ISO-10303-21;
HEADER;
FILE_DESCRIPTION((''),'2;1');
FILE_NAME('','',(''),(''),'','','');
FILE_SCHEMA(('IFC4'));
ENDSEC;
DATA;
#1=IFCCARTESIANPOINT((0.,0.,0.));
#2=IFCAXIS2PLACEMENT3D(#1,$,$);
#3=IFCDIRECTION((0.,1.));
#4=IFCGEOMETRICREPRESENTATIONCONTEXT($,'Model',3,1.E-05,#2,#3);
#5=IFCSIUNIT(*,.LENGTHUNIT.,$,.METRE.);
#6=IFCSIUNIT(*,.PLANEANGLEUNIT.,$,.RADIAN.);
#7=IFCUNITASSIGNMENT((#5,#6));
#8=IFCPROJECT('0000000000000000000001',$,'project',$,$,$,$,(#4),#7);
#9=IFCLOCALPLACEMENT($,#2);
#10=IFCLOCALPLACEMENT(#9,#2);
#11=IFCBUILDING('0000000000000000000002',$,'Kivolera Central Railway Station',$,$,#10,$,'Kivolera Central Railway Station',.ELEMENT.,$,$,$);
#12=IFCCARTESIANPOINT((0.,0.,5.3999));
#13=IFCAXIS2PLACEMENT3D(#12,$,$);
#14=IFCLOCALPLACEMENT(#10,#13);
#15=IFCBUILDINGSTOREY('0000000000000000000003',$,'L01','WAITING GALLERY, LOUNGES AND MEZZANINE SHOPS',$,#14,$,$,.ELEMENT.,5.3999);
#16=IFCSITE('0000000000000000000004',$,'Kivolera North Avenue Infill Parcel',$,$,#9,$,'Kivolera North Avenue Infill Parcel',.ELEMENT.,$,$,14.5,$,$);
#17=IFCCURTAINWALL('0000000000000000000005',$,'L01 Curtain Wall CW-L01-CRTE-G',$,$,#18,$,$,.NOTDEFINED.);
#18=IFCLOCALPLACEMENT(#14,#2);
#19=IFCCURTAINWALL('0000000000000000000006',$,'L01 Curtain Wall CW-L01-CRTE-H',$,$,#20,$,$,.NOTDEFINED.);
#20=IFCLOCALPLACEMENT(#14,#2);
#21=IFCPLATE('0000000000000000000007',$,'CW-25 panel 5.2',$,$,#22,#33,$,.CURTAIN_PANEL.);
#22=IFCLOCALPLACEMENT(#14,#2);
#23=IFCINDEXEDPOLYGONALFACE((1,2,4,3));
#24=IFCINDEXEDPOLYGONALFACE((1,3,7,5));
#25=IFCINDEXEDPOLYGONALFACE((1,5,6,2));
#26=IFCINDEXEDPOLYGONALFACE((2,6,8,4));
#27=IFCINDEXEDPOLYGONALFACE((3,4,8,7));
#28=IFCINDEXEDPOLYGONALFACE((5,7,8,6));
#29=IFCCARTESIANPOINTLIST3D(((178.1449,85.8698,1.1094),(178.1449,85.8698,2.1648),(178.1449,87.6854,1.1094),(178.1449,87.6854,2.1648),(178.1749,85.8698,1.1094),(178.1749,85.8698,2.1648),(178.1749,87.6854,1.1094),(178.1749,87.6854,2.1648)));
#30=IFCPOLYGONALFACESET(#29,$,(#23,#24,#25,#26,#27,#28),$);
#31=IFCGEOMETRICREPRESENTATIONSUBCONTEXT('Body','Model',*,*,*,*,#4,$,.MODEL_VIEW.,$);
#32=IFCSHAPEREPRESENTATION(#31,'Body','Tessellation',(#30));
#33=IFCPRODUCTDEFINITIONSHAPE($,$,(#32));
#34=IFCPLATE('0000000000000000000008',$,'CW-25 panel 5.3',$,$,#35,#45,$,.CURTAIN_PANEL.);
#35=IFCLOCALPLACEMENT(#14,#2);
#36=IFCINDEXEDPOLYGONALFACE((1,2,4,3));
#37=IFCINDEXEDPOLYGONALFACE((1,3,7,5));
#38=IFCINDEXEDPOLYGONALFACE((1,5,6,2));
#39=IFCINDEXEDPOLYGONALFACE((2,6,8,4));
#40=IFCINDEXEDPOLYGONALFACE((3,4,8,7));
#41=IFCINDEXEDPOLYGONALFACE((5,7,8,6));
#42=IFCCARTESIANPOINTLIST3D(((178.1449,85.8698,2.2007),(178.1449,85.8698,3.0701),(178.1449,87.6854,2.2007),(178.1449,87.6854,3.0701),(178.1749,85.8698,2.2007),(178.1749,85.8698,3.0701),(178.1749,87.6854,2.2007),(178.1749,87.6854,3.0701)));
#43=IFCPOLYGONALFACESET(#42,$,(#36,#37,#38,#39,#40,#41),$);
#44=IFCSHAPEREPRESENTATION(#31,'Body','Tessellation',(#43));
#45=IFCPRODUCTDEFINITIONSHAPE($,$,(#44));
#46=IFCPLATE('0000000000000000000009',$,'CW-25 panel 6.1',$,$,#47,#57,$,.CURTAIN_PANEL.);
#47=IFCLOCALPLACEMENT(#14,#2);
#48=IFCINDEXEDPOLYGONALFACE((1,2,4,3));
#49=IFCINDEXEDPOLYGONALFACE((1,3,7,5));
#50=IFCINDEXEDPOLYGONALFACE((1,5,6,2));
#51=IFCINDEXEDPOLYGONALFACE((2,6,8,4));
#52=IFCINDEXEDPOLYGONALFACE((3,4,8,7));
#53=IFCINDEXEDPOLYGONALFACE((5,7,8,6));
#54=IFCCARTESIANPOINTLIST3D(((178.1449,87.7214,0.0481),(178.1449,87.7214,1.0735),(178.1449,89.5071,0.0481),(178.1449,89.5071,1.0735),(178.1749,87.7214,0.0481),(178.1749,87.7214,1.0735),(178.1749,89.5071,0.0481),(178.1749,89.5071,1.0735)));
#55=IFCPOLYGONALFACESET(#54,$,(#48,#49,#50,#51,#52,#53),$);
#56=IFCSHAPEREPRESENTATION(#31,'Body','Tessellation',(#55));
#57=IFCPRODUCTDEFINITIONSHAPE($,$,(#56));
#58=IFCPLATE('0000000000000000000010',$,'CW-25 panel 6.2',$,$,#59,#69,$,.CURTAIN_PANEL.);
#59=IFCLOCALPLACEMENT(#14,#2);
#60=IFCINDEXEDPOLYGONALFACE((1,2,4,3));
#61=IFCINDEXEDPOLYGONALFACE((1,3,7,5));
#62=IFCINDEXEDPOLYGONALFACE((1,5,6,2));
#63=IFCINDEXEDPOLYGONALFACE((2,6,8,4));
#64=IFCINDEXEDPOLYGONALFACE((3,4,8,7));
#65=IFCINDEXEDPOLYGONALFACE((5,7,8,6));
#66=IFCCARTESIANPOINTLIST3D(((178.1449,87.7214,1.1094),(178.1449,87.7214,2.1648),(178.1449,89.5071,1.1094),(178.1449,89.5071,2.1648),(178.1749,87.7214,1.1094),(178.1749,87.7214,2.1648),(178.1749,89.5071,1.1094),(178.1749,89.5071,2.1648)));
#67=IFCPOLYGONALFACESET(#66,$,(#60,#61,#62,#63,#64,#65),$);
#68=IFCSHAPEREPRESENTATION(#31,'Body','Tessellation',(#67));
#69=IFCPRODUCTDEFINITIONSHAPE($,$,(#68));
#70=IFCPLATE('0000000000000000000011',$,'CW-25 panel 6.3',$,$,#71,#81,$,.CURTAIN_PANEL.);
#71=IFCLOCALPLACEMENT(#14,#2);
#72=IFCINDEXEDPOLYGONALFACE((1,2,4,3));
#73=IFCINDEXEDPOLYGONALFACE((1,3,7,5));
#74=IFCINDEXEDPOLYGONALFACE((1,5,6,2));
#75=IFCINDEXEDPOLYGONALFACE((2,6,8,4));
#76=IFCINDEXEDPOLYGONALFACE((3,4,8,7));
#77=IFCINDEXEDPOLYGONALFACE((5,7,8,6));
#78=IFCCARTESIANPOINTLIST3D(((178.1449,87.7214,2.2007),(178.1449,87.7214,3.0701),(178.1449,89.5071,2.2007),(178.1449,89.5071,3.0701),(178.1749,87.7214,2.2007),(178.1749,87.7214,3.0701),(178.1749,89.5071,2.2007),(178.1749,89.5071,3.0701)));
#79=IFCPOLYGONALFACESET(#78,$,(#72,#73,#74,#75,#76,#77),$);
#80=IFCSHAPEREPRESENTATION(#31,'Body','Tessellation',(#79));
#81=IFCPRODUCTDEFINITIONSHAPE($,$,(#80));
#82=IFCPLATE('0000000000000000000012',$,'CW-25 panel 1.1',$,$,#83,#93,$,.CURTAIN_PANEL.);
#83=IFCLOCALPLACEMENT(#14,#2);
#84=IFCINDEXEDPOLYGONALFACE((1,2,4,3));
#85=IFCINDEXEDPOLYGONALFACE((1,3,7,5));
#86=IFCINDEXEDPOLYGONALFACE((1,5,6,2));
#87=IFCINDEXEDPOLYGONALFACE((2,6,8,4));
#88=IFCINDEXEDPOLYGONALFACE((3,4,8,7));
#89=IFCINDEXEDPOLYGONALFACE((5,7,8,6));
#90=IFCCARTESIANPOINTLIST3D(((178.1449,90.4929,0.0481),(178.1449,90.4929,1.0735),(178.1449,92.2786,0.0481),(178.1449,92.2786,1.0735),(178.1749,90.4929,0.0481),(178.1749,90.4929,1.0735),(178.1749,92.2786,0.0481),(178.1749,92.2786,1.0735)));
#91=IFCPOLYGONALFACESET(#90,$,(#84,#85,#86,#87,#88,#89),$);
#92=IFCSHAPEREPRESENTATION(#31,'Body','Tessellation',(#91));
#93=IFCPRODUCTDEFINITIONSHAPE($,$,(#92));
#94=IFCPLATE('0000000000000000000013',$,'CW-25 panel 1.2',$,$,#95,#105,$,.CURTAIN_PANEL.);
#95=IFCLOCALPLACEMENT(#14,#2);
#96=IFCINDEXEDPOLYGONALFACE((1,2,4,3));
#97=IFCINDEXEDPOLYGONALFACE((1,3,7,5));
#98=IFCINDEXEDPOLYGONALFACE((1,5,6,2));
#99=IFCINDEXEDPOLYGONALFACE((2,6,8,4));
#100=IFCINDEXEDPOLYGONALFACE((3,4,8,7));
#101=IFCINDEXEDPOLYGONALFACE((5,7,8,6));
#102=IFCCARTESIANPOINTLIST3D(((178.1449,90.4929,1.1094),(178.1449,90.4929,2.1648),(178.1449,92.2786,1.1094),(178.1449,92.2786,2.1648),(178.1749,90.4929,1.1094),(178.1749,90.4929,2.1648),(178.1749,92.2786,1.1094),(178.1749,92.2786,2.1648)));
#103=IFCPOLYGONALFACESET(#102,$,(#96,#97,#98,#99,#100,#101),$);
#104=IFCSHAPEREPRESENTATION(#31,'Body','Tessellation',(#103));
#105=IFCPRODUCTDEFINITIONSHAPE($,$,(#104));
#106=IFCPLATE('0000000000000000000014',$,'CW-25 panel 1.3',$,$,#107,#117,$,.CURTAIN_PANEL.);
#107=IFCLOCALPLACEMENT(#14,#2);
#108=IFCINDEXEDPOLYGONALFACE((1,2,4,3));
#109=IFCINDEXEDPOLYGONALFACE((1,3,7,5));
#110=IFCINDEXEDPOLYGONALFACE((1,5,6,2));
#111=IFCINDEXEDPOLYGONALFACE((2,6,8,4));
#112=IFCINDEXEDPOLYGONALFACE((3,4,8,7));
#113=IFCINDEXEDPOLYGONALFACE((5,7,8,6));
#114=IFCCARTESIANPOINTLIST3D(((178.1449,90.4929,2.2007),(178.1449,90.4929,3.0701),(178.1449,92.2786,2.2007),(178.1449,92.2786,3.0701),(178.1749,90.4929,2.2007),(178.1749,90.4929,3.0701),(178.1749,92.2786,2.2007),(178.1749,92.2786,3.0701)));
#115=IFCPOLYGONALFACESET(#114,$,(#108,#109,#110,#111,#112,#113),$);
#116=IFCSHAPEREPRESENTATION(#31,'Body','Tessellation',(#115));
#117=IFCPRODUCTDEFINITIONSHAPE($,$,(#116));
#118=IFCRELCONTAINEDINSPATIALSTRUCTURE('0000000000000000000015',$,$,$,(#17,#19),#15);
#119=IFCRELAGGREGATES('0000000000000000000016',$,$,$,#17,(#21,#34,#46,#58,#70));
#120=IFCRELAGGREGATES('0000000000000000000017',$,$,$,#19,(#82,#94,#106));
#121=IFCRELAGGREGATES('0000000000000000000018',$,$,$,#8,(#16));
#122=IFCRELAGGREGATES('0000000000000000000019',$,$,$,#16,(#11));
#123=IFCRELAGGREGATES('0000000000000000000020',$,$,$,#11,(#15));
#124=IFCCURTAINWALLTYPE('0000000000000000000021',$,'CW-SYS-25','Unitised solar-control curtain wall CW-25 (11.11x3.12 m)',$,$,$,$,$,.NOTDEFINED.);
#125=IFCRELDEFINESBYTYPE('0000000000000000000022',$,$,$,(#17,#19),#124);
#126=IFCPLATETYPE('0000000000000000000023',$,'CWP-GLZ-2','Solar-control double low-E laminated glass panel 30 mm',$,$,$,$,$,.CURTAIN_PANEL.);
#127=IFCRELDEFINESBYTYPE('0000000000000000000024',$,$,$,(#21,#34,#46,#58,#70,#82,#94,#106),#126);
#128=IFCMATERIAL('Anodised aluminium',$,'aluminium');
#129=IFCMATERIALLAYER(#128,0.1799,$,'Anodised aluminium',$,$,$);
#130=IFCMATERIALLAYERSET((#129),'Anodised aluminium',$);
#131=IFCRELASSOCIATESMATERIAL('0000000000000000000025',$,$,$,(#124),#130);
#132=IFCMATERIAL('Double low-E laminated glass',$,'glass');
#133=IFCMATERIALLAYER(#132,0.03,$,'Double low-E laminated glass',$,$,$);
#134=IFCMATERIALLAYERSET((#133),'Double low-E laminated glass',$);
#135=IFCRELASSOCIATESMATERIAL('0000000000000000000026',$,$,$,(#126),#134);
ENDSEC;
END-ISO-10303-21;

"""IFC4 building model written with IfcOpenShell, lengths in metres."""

from ifc_helpers import new_model, si_unit, direction, frame, origin, origin_2d, place, context, subcontext, project, spatial, rectangle, extrude, material, layer, layer_set, type_object, element, aggregate, save


model = new_model("IFC4")

# Units and contexts
model_context = context("Model", 3, precision=1e-05, world=origin(), true_north=direction((0.0, 1.0)))
body_context = subcontext(model_context, "Body", "Model", "MODEL_VIEW")
ifc_project = project(units=[si_unit("LENGTHUNIT", "METRE"), si_unit("PLANEANGLEUNIT", "RADIAN")], contexts=[model_context])

# Site, building, storey
site_placement = place(None, origin())
site = spatial("IfcSite", under=ifc_project, at=site_placement, Name="Kivolera North Avenue Infill Parcel", LongName="Kivolera North Avenue Infill Parcel", CompositionType="ELEMENT", RefElevation=14.5)
building_placement = place(site_placement, origin())
building = spatial("IfcBuilding", under=site, at=building_placement, Name="Kivolera Central Railway Station", LongName="Kivolera Central Railway Station", CompositionType="ELEMENT")
storey_placement = place(building_placement, frame((0.0, 0.0, 5.3999)))
storey = spatial("IfcBuildingStorey", under=building, at=storey_placement, Name="L01", Description="WAITING GALLERY, LOUNGES AND MEZZANINE SHOPS", CompositionType="ELEMENT", Elevation=5.3999)

# Curtain walls
ifc_material_1 = material(Name="Anodised aluminium", Category="aluminium")
ifc_layer_1 = layer(ifc_material_1, 0.1799, Name="Anodised aluminium")
ifc_layer_set_1 = layer_set([ifc_layer_1], Name="Anodised aluminium")
curtain_wall_type = type_object("IfcCurtainWallType", Name="CW-SYS-25", Description="Unitised solar-control curtain wall CW-25 (11.11x3.12 m)", PredefinedType="NOTDEFINED", material=ifc_layer_set_1)
curtain_wall_1_placement = place(storey_placement, origin())
curtain_wall_1 = element("IfcCurtainWall", 1, at=curtain_wall_1_placement, inside=storey, type_object=curtain_wall_type, Name="L01 Curtain Wall CW-L01-CRTE-G", PredefinedType="NOTDEFINED")
curtain_wall_2_placement = place(storey_placement, origin())
curtain_wall_2 = element("IfcCurtainWall", 2, at=curtain_wall_2_placement, inside=storey, type_object=curtain_wall_type, Name="L01 Curtain Wall CW-L01-CRTE-H", PredefinedType="NOTDEFINED")

# Plates
ifc_material_2 = material(Name="Double low-E laminated glass", Category="glass")
ifc_layer_2 = layer(ifc_material_2, 0.03, Name="Double low-E laminated glass")
ifc_layer_set_2 = layer_set([ifc_layer_2], Name="Double low-E laminated glass")
plate_type = type_object("IfcPlateType", Name="CWP-GLZ-2", Description="Solar-control double low-E laminated glass panel 30 mm", PredefinedType="CURTAIN_PANEL", material=ifc_layer_set_2)
plate_1_placement = place(storey_placement, frame((178.1599, 86.7776, 1.1094), z_axis=(0.0, 0.0, 1.0), x_axis=(0.0, 1.0, 0.0)))
plate_1 = element("IfcPlate", 3, at=plate_1_placement, type_object=plate_type, Name="CW-25 panel 5.2", PredefinedType="CURTAIN_PANEL", context=body_context, shape_type="SweptSolid", body=[
    extrude(rectangle(XDim=1.8157, YDim=0.03, at=origin_2d()), origin(), (0.0, 0.0, 1.0), 1.0554),
])
plate_2_placement = place(storey_placement, frame((178.1599, 86.7776, 2.2007), z_axis=(0.0, 0.0, 1.0), x_axis=(0.0, 1.0, 0.0)))
plate_2 = element("IfcPlate", 4, at=plate_2_placement, type_object=plate_type, Name="CW-25 panel 5.3", PredefinedType="CURTAIN_PANEL", context=body_context, shape_type="SweptSolid", body=[
    extrude(rectangle(XDim=1.8157, YDim=0.03, at=origin_2d()), origin(), (0.0, 0.0, 1.0), 0.8694),
])
plate_3_placement = place(storey_placement, frame((178.1599, 88.6143, 0.0481), z_axis=(0.0, 0.0, 1.0), x_axis=(0.0, 1.0, 0.0)))
plate_3 = element("IfcPlate", 5, at=plate_3_placement, type_object=plate_type, Name="CW-25 panel 6.1", PredefinedType="CURTAIN_PANEL", context=body_context, shape_type="SweptSolid", body=[
    extrude(rectangle(XDim=1.7856, YDim=0.03, at=origin_2d()), origin(), (0.0, 0.0, 1.0), 1.0254),
])
plate_4_placement = place(storey_placement, frame((178.1599, 88.6143, 1.1094), z_axis=(0.0, 0.0, 1.0), x_axis=(0.0, 1.0, 0.0)))
plate_4 = element("IfcPlate", 6, at=plate_4_placement, type_object=plate_type, Name="CW-25 panel 6.2", PredefinedType="CURTAIN_PANEL", context=body_context, shape_type="SweptSolid", body=[
    extrude(rectangle(XDim=1.7856, YDim=0.03, at=origin_2d()), origin(), (0.0, 0.0, 1.0), 1.0554),
])
plate_5_placement = place(storey_placement, frame((178.1599, 88.6143, 2.2007), z_axis=(0.0, 0.0, 1.0), x_axis=(0.0, 1.0, 0.0)))
plate_5 = element("IfcPlate", 7, at=plate_5_placement, type_object=plate_type, Name="CW-25 panel 6.3", PredefinedType="CURTAIN_PANEL", context=body_context, shape_type="SweptSolid", body=[
    extrude(rectangle(XDim=1.7856, YDim=0.03, at=origin_2d()), origin(), (0.0, 0.0, 1.0), 0.8694),
])
aggregate(curtain_wall_1, [plate_1, plate_2, plate_3, plate_4, plate_5])
plate_6_placement = place(storey_placement, frame((178.1599, 91.3857, 0.0481), z_axis=(0.0, 0.0, 1.0), x_axis=(0.0, 1.0, 0.0)))
plate_6 = element("IfcPlate", 8, at=plate_6_placement, type_object=plate_type, Name="CW-25 panel 1.1", PredefinedType="CURTAIN_PANEL", context=body_context, shape_type="SweptSolid", body=[
    extrude(rectangle(XDim=1.7856, YDim=0.03, at=origin_2d()), origin(), (0.0, 0.0, 1.0), 1.0254),
])
plate_7_placement = place(storey_placement, frame((178.1599, 91.3857, 1.1094), z_axis=(0.0, 0.0, 1.0), x_axis=(0.0, 1.0, 0.0)))
plate_7 = element("IfcPlate", 9, at=plate_7_placement, type_object=plate_type, Name="CW-25 panel 1.2", PredefinedType="CURTAIN_PANEL", context=body_context, shape_type="SweptSolid", body=[
    extrude(rectangle(XDim=1.7856, YDim=0.03, at=origin_2d()), origin(), (0.0, 0.0, 1.0), 1.0554),
])
plate_8_placement = place(storey_placement, frame((178.1599, 91.3857, 2.2007), z_axis=(0.0, 0.0, 1.0), x_axis=(0.0, 1.0, 0.0)))
plate_8 = element("IfcPlate", 10, at=plate_8_placement, type_object=plate_type, Name="CW-25 panel 1.3", PredefinedType="CURTAIN_PANEL", context=body_context, shape_type="SweptSolid", body=[
    extrude(rectangle(XDim=1.7856, YDim=0.03, at=origin_2d()), origin(), (0.0, 0.0, 1.0), 0.8694),
])
aggregate(curtain_wall_2, [plate_6, plate_7, plate_8])

save(model, "model.ifc")
